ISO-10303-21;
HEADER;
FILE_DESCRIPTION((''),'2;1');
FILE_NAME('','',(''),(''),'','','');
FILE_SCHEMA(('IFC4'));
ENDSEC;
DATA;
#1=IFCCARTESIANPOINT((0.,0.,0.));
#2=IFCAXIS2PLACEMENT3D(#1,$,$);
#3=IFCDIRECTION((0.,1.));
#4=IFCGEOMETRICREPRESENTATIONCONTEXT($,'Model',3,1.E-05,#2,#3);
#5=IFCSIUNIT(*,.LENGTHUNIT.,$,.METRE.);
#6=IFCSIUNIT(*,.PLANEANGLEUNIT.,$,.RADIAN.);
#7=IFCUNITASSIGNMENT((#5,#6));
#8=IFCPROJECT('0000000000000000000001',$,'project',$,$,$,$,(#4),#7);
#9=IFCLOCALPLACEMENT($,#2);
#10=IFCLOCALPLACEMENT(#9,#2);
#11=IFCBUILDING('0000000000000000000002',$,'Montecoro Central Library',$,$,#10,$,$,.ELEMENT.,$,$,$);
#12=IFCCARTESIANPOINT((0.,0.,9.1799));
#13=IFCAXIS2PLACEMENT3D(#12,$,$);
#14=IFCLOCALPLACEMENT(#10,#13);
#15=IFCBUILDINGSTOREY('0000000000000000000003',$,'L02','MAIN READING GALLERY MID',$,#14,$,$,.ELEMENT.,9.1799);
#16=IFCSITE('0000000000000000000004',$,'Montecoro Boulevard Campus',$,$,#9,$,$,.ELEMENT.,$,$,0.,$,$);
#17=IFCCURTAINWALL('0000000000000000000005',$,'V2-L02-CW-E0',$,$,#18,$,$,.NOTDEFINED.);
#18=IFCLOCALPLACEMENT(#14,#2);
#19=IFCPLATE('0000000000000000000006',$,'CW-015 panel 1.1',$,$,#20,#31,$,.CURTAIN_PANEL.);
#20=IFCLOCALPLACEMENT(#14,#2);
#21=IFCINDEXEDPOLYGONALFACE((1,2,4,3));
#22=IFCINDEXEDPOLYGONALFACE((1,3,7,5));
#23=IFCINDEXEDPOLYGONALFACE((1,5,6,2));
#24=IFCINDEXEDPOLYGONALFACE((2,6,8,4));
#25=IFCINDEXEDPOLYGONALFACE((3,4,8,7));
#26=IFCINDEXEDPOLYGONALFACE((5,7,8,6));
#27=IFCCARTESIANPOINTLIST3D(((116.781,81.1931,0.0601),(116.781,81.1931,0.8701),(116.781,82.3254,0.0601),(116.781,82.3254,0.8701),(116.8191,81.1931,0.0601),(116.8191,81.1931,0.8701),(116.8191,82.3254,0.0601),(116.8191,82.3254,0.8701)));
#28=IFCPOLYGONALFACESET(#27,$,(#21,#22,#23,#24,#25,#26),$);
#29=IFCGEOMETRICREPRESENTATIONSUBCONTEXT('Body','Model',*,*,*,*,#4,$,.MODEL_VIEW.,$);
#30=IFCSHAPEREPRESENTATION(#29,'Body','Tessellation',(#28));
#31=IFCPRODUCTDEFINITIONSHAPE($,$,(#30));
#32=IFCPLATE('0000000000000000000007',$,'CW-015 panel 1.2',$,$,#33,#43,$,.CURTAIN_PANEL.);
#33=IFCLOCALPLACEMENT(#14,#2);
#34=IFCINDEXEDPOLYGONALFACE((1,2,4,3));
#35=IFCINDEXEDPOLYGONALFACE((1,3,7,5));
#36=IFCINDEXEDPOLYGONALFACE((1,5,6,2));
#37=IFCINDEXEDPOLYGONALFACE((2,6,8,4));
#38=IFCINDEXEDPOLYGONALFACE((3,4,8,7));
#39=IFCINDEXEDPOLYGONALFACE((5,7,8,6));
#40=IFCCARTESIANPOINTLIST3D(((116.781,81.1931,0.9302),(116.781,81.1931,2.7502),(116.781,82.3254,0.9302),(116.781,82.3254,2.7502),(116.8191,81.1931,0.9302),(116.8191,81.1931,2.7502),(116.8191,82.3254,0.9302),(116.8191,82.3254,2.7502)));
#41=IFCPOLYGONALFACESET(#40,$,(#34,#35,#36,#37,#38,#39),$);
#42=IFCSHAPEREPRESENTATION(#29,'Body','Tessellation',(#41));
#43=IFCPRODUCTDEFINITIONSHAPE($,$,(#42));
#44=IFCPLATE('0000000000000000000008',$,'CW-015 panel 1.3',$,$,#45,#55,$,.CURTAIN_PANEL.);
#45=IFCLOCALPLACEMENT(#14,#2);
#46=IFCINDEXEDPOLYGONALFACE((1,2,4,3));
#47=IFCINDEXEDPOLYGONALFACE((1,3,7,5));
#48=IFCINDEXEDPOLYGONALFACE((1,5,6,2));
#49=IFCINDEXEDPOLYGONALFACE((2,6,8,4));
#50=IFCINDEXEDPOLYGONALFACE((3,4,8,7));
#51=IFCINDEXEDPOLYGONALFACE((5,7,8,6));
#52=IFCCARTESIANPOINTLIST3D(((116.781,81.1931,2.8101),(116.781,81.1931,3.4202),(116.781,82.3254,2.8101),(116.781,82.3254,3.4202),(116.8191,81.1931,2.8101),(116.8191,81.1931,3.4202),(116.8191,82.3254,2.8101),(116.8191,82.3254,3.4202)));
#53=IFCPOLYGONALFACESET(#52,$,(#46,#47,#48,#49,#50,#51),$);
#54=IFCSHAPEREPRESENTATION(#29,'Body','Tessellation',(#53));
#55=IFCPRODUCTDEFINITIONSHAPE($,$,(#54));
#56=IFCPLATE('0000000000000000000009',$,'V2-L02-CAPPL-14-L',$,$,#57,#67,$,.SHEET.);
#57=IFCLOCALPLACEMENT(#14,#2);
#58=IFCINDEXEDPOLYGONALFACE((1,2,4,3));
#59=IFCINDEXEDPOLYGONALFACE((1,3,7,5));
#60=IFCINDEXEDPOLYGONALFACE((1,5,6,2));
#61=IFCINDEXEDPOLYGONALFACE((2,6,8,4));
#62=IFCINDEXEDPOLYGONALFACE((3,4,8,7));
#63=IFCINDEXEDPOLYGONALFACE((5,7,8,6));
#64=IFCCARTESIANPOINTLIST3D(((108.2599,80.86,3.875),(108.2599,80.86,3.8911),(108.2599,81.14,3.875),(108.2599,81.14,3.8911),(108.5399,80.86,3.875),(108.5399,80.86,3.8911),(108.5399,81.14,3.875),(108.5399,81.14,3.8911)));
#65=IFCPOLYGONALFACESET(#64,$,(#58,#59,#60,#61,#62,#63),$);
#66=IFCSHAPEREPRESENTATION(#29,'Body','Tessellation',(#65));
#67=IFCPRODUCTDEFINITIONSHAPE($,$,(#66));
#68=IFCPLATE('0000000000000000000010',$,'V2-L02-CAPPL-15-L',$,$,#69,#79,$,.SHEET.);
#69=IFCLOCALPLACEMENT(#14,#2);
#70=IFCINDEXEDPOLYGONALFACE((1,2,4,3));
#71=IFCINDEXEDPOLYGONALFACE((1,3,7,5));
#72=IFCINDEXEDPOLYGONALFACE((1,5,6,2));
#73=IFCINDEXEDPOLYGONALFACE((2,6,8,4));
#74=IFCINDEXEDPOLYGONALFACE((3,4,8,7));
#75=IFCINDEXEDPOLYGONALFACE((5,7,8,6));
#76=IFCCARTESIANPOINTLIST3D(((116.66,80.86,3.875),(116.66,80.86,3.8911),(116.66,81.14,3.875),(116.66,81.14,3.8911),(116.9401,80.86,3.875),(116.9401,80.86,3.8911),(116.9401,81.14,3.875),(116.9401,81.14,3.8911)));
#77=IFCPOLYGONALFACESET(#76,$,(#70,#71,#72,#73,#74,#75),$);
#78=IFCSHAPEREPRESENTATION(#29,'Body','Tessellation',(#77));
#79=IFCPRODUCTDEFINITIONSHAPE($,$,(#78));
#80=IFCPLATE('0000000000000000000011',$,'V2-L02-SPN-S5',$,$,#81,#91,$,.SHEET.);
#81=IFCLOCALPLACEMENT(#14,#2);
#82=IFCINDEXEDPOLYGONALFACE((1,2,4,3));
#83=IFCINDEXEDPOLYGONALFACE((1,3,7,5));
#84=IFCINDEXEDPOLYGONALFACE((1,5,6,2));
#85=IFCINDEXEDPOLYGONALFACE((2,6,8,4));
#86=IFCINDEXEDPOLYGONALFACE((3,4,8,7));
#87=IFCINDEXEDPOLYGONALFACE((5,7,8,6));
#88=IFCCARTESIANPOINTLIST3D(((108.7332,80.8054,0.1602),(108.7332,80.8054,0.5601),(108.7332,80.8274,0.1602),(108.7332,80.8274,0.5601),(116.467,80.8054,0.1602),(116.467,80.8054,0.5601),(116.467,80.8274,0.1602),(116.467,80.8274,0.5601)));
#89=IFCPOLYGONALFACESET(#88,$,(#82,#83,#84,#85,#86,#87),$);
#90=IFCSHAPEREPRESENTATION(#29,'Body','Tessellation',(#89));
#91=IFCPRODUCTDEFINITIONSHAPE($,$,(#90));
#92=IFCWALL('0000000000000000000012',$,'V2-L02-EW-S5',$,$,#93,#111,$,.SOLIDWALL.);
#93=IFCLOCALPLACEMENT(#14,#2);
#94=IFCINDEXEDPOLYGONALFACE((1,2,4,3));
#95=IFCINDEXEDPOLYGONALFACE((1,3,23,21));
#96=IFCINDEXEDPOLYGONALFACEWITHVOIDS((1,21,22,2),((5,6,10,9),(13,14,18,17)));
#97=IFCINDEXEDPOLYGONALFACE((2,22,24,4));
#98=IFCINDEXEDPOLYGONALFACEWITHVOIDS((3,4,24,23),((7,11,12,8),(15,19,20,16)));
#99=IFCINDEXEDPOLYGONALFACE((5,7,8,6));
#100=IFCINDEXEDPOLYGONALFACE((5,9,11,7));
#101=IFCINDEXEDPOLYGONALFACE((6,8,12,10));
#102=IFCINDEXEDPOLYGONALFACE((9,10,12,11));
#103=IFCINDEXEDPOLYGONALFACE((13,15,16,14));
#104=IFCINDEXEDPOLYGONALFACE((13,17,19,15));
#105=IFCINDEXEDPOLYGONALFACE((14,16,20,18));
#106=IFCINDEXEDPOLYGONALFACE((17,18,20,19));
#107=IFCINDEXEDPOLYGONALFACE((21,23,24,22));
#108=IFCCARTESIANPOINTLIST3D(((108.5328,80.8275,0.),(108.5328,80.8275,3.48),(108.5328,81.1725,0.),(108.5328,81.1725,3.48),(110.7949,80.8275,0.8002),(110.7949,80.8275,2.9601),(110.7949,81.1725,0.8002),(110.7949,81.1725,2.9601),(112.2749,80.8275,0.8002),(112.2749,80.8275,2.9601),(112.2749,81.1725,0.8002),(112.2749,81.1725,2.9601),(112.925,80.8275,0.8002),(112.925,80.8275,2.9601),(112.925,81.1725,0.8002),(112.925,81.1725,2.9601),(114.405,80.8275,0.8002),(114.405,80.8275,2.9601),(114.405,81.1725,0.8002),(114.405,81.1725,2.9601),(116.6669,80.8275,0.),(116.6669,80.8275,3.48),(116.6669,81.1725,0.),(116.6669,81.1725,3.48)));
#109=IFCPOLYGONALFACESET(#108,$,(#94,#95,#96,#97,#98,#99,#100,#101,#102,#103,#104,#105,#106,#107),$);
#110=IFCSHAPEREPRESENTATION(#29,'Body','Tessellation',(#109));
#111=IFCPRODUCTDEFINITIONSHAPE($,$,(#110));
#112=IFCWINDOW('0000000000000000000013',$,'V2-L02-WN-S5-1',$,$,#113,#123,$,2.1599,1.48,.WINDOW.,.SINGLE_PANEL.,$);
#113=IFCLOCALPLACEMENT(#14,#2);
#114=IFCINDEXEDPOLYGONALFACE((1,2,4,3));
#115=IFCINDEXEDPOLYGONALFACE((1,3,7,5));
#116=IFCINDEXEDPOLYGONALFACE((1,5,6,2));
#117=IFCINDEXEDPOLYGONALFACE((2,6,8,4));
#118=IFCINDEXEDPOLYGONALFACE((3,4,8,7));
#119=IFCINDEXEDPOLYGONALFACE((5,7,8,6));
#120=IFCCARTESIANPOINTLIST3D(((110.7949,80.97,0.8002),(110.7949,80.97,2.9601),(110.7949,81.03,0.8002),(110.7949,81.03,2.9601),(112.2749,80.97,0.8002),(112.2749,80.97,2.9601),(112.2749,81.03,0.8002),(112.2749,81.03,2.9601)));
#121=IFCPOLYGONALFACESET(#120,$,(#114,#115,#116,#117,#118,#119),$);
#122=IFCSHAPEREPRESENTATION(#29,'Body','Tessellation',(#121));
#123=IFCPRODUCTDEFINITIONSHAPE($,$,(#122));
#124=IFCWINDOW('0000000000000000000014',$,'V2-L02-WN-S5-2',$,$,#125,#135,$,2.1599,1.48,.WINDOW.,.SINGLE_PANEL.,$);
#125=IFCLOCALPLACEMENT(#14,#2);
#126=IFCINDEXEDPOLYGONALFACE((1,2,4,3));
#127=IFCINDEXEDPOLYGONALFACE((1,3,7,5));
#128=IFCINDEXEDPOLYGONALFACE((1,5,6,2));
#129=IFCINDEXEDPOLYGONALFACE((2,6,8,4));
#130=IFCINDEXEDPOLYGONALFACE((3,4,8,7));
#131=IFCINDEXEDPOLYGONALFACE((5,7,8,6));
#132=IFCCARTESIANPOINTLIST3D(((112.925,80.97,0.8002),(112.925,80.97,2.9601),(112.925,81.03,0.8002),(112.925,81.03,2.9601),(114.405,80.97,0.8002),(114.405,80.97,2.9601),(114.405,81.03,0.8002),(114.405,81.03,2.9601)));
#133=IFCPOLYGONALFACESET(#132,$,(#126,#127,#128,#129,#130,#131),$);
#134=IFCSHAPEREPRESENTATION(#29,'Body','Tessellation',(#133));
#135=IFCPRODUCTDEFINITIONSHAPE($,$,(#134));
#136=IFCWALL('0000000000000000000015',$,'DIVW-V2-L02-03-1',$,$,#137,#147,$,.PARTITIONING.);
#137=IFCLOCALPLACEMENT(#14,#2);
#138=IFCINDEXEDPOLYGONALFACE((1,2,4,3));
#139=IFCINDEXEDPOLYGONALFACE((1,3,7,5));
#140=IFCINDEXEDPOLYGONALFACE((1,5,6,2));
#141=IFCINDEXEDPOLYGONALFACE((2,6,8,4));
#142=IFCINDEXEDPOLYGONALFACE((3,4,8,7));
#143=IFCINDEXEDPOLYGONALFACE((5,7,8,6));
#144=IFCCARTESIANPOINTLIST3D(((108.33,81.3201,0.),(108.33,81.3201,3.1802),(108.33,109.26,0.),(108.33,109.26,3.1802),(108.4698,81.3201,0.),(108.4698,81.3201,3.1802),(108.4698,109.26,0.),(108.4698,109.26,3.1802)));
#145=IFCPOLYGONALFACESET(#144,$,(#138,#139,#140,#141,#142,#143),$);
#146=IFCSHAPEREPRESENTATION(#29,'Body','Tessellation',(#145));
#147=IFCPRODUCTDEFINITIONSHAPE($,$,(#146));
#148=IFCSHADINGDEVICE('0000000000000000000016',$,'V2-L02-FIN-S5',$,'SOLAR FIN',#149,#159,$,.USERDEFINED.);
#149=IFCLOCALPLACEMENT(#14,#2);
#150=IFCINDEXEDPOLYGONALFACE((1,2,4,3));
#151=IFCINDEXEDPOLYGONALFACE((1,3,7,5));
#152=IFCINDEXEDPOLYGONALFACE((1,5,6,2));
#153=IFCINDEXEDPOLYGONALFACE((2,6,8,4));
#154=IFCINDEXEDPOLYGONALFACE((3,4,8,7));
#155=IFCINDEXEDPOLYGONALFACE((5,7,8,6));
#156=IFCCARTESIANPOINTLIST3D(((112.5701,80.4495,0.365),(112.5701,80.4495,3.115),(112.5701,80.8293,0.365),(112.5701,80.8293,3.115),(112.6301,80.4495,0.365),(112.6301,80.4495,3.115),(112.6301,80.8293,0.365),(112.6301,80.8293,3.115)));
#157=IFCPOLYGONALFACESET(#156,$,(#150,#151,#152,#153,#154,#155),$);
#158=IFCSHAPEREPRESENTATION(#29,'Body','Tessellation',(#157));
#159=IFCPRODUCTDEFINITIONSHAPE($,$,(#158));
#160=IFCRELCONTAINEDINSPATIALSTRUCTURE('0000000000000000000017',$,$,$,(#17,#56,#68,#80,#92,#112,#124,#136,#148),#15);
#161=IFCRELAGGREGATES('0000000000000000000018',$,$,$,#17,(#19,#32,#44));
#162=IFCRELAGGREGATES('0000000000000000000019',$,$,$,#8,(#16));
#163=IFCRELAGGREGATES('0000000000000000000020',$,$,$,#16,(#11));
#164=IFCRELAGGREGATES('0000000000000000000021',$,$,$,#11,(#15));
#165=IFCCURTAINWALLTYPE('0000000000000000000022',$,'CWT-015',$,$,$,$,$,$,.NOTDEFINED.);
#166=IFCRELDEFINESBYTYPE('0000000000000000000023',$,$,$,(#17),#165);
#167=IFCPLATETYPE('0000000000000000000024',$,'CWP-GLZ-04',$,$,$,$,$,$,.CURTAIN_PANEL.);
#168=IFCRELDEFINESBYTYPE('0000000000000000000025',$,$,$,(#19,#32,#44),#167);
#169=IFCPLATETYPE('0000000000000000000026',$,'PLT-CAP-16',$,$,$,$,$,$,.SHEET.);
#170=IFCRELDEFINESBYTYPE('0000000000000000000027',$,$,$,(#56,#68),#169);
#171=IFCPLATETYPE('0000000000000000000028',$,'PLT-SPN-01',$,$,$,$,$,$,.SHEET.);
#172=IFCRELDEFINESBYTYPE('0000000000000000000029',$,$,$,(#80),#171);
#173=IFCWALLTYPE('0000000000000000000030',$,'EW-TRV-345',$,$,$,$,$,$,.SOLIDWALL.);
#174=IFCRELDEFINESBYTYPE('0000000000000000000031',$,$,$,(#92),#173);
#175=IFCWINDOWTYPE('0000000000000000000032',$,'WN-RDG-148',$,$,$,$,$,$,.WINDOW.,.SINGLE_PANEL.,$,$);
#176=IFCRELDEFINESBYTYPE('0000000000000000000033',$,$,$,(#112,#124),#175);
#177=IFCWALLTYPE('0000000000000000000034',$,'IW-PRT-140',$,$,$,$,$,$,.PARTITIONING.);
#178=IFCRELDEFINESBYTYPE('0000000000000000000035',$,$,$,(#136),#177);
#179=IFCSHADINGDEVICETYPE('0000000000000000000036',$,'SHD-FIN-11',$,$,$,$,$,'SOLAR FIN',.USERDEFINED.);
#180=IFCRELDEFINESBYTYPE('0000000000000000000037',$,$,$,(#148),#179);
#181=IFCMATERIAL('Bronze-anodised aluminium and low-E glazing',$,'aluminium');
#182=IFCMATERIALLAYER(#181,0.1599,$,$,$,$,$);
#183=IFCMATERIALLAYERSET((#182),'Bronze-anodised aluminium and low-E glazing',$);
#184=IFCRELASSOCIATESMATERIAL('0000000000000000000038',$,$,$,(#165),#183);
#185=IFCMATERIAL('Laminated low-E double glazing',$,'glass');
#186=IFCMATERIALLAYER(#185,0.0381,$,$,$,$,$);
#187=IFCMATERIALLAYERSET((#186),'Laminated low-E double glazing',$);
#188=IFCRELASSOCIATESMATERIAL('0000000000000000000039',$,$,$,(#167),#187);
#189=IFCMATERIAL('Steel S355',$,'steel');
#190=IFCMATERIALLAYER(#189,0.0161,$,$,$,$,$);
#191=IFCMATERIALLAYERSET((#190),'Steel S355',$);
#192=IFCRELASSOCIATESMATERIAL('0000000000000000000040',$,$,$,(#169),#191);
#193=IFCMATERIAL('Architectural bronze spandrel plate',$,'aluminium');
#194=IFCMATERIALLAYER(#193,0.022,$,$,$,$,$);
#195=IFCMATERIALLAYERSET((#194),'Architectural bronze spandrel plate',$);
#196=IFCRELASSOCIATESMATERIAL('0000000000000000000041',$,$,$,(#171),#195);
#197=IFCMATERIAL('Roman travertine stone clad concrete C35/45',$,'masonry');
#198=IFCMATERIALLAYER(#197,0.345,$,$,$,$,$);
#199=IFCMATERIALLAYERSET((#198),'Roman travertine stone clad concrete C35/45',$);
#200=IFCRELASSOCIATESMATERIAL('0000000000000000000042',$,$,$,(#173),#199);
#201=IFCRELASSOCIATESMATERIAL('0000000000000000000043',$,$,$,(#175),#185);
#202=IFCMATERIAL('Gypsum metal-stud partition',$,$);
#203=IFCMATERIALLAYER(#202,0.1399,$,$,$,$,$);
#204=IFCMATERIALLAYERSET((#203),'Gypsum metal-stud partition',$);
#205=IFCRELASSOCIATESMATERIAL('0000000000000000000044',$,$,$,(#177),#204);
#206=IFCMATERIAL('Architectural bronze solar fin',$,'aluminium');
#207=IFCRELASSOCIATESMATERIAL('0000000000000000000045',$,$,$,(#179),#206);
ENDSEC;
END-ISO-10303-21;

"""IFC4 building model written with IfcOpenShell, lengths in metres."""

from ifc_helpers import new_model, si_unit, direction, frame, frame_2d, origin, origin_2d, place, context, subcontext, project, spatial, rectangle, extrude, material, layer, layer_set, type_object, element, fill, aggregate, save


model = new_model("IFC4")

# Units and contexts
model_context = context("Model", 3, precision=1e-05, world=origin(), true_north=direction((0.0, 1.0)))
body_context = subcontext(model_context, "Body", "Model", "MODEL_VIEW")
ifc_project = project(units=[si_unit("LENGTHUNIT", "METRE"), si_unit("PLANEANGLEUNIT", "RADIAN")], contexts=[model_context])

# Site, building, storey
site_placement = place(None, origin())
site = spatial("IfcSite", under=ifc_project, at=site_placement, Name="Montecoro Boulevard Campus", CompositionType="ELEMENT", RefElevation=0.0)
building_placement = place(site_placement, origin())
building = spatial("IfcBuilding", under=site, at=building_placement, Name="Montecoro Central Library", CompositionType="ELEMENT")
storey_placement = place(building_placement, frame((0.0, 0.0, 9.1799)))
storey = spatial("IfcBuildingStorey", under=building, at=storey_placement, Name="L02", Description="MAIN READING GALLERY MID", CompositionType="ELEMENT", Elevation=9.1799)

# Shared definitions
ifc_material_1 = material(Name="Steel S355", Category="steel")

# Curtain wall, plates
ifc_material_2 = material(Name="Bronze-anodised aluminium and low-E glazing", Category="aluminium")
ifc_layer_1 = layer(ifc_material_2, 0.1599)
ifc_layer_set_1 = layer_set([ifc_layer_1], Name="Bronze-anodised aluminium and low-E glazing")
curtain_wall_type = type_object("IfcCurtainWallType", Name="CWT-015", PredefinedType="NOTDEFINED", material=ifc_layer_set_1)
curtain_wall_placement = place(storey_placement, origin())
curtain_wall = element("IfcCurtainWall", 1, at=curtain_wall_placement, inside=storey, type_object=curtain_wall_type, Name="V2-L02-CW-E0", PredefinedType="NOTDEFINED")
ifc_material_3 = material(Name="Laminated low-E double glazing", Category="glass")
ifc_layer_2 = layer(ifc_material_3, 0.0381)
ifc_layer_set_2 = layer_set([ifc_layer_2], Name="Laminated low-E double glazing")
plate_type_1 = type_object("IfcPlateType", Name="CWP-GLZ-04", PredefinedType="CURTAIN_PANEL", material=ifc_layer_set_2)
plate_1_placement = place(storey_placement, frame((116.8, 81.7593, 0.0601), z_axis=(0.0, 0.0, 1.0), x_axis=(0.0, 1.0, 0.0)))
plate_1 = element("IfcPlate", 2, at=plate_1_placement, type_object=plate_type_1, Name="CW-015 panel 1.1", PredefinedType="CURTAIN_PANEL", context=body_context, shape_type="SweptSolid", body=[
    extrude(rectangle(XDim=1.1323, YDim=0.0381, at=origin_2d()), origin(), (0.0, 0.0, 1.0), 0.8101),
])
plate_2_placement = place(storey_placement, frame((116.8, 81.7593, 0.9302), z_axis=(0.0, 0.0, 1.0), x_axis=(0.0, 1.0, 0.0)))
plate_2 = element("IfcPlate", 3, at=plate_2_placement, type_object=plate_type_1, Name="CW-015 panel 1.2", PredefinedType="CURTAIN_PANEL", context=body_context, shape_type="SweptSolid", body=[
    extrude(rectangle(XDim=1.1323, YDim=0.0381, at=origin_2d()), origin(), (0.0, 0.0, 1.0), 1.8201),
])
plate_3_placement = place(storey_placement, frame((116.8, 81.7593, 2.8101), z_axis=(0.0, 0.0, 1.0), x_axis=(0.0, 1.0, 0.0)))
plate_3 = element("IfcPlate", 4, at=plate_3_placement, type_object=plate_type_1, Name="CW-015 panel 1.3", PredefinedType="CURTAIN_PANEL", context=body_context, shape_type="SweptSolid", body=[
    extrude(rectangle(XDim=1.1323, YDim=0.0381, at=origin_2d()), origin(), (0.0, 0.0, 1.0), 0.6101),
])
aggregate(curtain_wall, [plate_1, plate_2, plate_3])

# Plates
ifc_layer_3 = layer(ifc_material_1, 0.0161)
ifc_layer_set_3 = layer_set([ifc_layer_3], Name="Steel S355")
plate_type_2 = type_object("IfcPlateType", Name="PLT-CAP-16", PredefinedType="SHEET", material=ifc_layer_set_3)
for number, where, z_axis, x_axis, name in (
    (5, (108.3999, 81.0, 3.875), (0.0, 0.0, 1.0), (1.0, 0.0, 0.0), "V2-L02-CAPPL-14-L"),
    (6, (116.8, 81.0, 3.875), (0.0, 0.0, 1.0), (1.0, 0.0, 0.0), "V2-L02-CAPPL-15-L"),
):
    element("IfcPlate", number, at=place(storey_placement, frame(where, z_axis=z_axis, x_axis=x_axis)), inside=storey, type_object=plate_type_2, Name=name, PredefinedType="SHEET", context=body_context, shape_type="SweptSolid", body=[
        extrude(rectangle(XDim=0.28, YDim=0.28, at=origin_2d()), origin(), (0.0, 0.0, 1.0), 0.0161),
    ])
ifc_material_4 = material(Name="Architectural bronze spandrel plate", Category="aluminium")
ifc_layer_4 = layer(ifc_material_4, 0.022)
ifc_layer_set_4 = layer_set([ifc_layer_4], Name="Architectural bronze spandrel plate")
plate_type_3 = type_object("IfcPlateType", Name="PLT-SPN-01", PredefinedType="SHEET", material=ifc_layer_set_4)
plate_4_placement = place(storey_placement, frame((112.6001, 80.8164, 0.1602), z_axis=(0.0, 0.0, 1.0), x_axis=(1.0, 0.0, 0.0)))
element("IfcPlate", 7, at=plate_4_placement, inside=storey, type_object=plate_type_3, Name="V2-L02-SPN-S5", PredefinedType="SHEET", context=body_context, shape_type="SweptSolid", body=[
    extrude(rectangle(XDim=7.7339, YDim=0.022, at=origin_2d()), origin(), (0.0, 0.0, 1.0), 0.3999),
])

# Wall, openings, windows
ifc_material_5 = material(Name="Roman travertine stone clad concrete C35/45", Category="masonry")
ifc_layer_5 = layer(ifc_material_5, 0.345)
ifc_layer_set_5 = layer_set([ifc_layer_5], Name="Roman travertine stone clad concrete C35/45")
wall_type_1 = type_object("IfcWallType", Name="EW-TRV-345", PredefinedType="SOLIDWALL", material=ifc_layer_set_5)
wall_1_placement = place(storey_placement, frame((108.533, 81.0, 0.0), z_axis=(0.0, 0.0, 1.0), x_axis=(1.0, 0.0, 0.0)))
wall_1 = element("IfcWall", 8, at=wall_1_placement, inside=storey, type_object=wall_type_1, Name="V2-L02-EW-S5", PredefinedType="SOLIDWALL", context=body_context, shape_type="SweptSolid", body=[
    extrude(rectangle(XDim=8.134, YDim=0.345, at=frame_2d((4.0669, 0.0))), origin(), (0.0, 0.0, 1.0), 3.48),
])
opening_1_placement = place(wall_1_placement, frame((2.262, 0.0, 0.8)))
opening_1 = element("IfcOpeningElement", 9, at=opening_1_placement, cuts=wall_1, PredefinedType="OPENING", context=body_context, shape_type="SweptSolid", body=[
    extrude(rectangle(XDim=1.48, YDim=2.1599, at=frame_2d((0.74, 1.0801))), frame((0.0, 0.1824, 0.0), z_axis=(0.0, -1.0, 0.0), x_axis=(1.0, 0.0, 0.0)), (0.0, 0.0, 1.0), 0.365),
])
opening_2_placement = place(wall_1_placement, frame((4.3921, 0.0, 0.8)))
opening_2 = element("IfcOpeningElement", 10, at=opening_2_placement, cuts=wall_1, PredefinedType="OPENING", context=body_context, shape_type="SweptSolid", body=[
    extrude(rectangle(XDim=1.48, YDim=2.1599, at=frame_2d((0.74, 1.0801))), frame((0.0, 0.1824, 0.0), z_axis=(0.0, -1.0, 0.0), x_axis=(1.0, 0.0, 0.0)), (0.0, 0.0, 1.0), 0.365),
])
window_type = type_object("IfcWindowType", Name="WN-RDG-148", PartitioningType="SINGLE_PANEL", PredefinedType="WINDOW", material=ifc_material_3)
window_1_placement = place(opening_1_placement, origin())
window_1 = element("IfcWindow", 11, at=window_1_placement, inside=storey, type_object=window_type, Name="V2-L02-WN-S5-1", OverallHeight=2.1599, OverallWidth=1.48, PartitioningType="SINGLE_PANEL", PredefinedType="WINDOW", context=body_context, shape_type="SweptSolid", body=[
    extrude(rectangle(XDim=1.48, YDim=2.1599, at=frame_2d((0.74, 1.0801))), frame((0.0, 0.03, 0.0), z_axis=(0.0, -1.0, 0.0), x_axis=(1.0, 0.0, 0.0)), (0.0, 0.0, 1.0), 0.0601),
])
fill(opening_1, window_1)
window_2_placement = place(opening_2_placement, origin())
window_2 = element("IfcWindow", 12, at=window_2_placement, inside=storey, type_object=window_type, Name="V2-L02-WN-S5-2", OverallHeight=2.1599, OverallWidth=1.48, PartitioningType="SINGLE_PANEL", PredefinedType="WINDOW", context=body_context, shape_type="SweptSolid", body=[
    extrude(rectangle(XDim=1.48, YDim=2.1599, at=frame_2d((0.74, 1.0801))), frame((0.0, 0.03, 0.0), z_axis=(0.0, -1.0, 0.0), x_axis=(1.0, 0.0, 0.0)), (0.0, 0.0, 1.0), 0.0601),
])
fill(opening_2, window_2)

# Wall
ifc_material_6 = material(Name="Gypsum metal-stud partition")
ifc_layer_6 = layer(ifc_material_6, 0.1399)
ifc_layer_set_6 = layer_set([ifc_layer_6], Name="Gypsum metal-stud partition")
wall_type_2 = type_object("IfcWallType", Name="IW-PRT-140", PredefinedType="PARTITIONING", material=ifc_layer_set_6)
wall_2_placement = place(storey_placement, frame((108.3999, 81.3201, 0.0), z_axis=(0.0, 0.0, 1.0), x_axis=(0.0, 1.0, 0.0)))
element("IfcWall", 13, at=wall_2_placement, inside=storey, type_object=wall_type_2, Name="DIVW-V2-L02-03-1", PredefinedType="PARTITIONING", context=body_context, shape_type="SweptSolid", body=[
    extrude(rectangle(XDim=27.9399, YDim=0.1399, at=frame_2d((13.97, 0.0))), origin(), (0.0, 0.0, 1.0), 3.1802),
])

# Shading device
ifc_material_7 = material(Name="Architectural bronze solar fin", Category="aluminium")
shading_device_type = type_object("IfcShadingDeviceType", Name="SHD-FIN-11", ElementType="SOLAR FIN", PredefinedType="USERDEFINED", material=ifc_material_7)
shading_device_placement = place(storey_placement, frame((112.6001, 80.6394, 0.365), z_axis=(0.0, 0.0, 1.0), x_axis=(1.0, 0.0, 0.0)))
element("IfcShadingDevice", 14, at=shading_device_placement, inside=storey, type_object=shading_device_type, Name="V2-L02-FIN-S5", ObjectType="SOLAR FIN", PredefinedType="USERDEFINED", context=body_context, shape_type="SweptSolid", body=[
    extrude(rectangle(XDim=0.0601, YDim=0.3799, at=origin_2d()), origin(), (0.0, 0.0, 1.0), 2.75),
])

save(model, "model.ifc")
